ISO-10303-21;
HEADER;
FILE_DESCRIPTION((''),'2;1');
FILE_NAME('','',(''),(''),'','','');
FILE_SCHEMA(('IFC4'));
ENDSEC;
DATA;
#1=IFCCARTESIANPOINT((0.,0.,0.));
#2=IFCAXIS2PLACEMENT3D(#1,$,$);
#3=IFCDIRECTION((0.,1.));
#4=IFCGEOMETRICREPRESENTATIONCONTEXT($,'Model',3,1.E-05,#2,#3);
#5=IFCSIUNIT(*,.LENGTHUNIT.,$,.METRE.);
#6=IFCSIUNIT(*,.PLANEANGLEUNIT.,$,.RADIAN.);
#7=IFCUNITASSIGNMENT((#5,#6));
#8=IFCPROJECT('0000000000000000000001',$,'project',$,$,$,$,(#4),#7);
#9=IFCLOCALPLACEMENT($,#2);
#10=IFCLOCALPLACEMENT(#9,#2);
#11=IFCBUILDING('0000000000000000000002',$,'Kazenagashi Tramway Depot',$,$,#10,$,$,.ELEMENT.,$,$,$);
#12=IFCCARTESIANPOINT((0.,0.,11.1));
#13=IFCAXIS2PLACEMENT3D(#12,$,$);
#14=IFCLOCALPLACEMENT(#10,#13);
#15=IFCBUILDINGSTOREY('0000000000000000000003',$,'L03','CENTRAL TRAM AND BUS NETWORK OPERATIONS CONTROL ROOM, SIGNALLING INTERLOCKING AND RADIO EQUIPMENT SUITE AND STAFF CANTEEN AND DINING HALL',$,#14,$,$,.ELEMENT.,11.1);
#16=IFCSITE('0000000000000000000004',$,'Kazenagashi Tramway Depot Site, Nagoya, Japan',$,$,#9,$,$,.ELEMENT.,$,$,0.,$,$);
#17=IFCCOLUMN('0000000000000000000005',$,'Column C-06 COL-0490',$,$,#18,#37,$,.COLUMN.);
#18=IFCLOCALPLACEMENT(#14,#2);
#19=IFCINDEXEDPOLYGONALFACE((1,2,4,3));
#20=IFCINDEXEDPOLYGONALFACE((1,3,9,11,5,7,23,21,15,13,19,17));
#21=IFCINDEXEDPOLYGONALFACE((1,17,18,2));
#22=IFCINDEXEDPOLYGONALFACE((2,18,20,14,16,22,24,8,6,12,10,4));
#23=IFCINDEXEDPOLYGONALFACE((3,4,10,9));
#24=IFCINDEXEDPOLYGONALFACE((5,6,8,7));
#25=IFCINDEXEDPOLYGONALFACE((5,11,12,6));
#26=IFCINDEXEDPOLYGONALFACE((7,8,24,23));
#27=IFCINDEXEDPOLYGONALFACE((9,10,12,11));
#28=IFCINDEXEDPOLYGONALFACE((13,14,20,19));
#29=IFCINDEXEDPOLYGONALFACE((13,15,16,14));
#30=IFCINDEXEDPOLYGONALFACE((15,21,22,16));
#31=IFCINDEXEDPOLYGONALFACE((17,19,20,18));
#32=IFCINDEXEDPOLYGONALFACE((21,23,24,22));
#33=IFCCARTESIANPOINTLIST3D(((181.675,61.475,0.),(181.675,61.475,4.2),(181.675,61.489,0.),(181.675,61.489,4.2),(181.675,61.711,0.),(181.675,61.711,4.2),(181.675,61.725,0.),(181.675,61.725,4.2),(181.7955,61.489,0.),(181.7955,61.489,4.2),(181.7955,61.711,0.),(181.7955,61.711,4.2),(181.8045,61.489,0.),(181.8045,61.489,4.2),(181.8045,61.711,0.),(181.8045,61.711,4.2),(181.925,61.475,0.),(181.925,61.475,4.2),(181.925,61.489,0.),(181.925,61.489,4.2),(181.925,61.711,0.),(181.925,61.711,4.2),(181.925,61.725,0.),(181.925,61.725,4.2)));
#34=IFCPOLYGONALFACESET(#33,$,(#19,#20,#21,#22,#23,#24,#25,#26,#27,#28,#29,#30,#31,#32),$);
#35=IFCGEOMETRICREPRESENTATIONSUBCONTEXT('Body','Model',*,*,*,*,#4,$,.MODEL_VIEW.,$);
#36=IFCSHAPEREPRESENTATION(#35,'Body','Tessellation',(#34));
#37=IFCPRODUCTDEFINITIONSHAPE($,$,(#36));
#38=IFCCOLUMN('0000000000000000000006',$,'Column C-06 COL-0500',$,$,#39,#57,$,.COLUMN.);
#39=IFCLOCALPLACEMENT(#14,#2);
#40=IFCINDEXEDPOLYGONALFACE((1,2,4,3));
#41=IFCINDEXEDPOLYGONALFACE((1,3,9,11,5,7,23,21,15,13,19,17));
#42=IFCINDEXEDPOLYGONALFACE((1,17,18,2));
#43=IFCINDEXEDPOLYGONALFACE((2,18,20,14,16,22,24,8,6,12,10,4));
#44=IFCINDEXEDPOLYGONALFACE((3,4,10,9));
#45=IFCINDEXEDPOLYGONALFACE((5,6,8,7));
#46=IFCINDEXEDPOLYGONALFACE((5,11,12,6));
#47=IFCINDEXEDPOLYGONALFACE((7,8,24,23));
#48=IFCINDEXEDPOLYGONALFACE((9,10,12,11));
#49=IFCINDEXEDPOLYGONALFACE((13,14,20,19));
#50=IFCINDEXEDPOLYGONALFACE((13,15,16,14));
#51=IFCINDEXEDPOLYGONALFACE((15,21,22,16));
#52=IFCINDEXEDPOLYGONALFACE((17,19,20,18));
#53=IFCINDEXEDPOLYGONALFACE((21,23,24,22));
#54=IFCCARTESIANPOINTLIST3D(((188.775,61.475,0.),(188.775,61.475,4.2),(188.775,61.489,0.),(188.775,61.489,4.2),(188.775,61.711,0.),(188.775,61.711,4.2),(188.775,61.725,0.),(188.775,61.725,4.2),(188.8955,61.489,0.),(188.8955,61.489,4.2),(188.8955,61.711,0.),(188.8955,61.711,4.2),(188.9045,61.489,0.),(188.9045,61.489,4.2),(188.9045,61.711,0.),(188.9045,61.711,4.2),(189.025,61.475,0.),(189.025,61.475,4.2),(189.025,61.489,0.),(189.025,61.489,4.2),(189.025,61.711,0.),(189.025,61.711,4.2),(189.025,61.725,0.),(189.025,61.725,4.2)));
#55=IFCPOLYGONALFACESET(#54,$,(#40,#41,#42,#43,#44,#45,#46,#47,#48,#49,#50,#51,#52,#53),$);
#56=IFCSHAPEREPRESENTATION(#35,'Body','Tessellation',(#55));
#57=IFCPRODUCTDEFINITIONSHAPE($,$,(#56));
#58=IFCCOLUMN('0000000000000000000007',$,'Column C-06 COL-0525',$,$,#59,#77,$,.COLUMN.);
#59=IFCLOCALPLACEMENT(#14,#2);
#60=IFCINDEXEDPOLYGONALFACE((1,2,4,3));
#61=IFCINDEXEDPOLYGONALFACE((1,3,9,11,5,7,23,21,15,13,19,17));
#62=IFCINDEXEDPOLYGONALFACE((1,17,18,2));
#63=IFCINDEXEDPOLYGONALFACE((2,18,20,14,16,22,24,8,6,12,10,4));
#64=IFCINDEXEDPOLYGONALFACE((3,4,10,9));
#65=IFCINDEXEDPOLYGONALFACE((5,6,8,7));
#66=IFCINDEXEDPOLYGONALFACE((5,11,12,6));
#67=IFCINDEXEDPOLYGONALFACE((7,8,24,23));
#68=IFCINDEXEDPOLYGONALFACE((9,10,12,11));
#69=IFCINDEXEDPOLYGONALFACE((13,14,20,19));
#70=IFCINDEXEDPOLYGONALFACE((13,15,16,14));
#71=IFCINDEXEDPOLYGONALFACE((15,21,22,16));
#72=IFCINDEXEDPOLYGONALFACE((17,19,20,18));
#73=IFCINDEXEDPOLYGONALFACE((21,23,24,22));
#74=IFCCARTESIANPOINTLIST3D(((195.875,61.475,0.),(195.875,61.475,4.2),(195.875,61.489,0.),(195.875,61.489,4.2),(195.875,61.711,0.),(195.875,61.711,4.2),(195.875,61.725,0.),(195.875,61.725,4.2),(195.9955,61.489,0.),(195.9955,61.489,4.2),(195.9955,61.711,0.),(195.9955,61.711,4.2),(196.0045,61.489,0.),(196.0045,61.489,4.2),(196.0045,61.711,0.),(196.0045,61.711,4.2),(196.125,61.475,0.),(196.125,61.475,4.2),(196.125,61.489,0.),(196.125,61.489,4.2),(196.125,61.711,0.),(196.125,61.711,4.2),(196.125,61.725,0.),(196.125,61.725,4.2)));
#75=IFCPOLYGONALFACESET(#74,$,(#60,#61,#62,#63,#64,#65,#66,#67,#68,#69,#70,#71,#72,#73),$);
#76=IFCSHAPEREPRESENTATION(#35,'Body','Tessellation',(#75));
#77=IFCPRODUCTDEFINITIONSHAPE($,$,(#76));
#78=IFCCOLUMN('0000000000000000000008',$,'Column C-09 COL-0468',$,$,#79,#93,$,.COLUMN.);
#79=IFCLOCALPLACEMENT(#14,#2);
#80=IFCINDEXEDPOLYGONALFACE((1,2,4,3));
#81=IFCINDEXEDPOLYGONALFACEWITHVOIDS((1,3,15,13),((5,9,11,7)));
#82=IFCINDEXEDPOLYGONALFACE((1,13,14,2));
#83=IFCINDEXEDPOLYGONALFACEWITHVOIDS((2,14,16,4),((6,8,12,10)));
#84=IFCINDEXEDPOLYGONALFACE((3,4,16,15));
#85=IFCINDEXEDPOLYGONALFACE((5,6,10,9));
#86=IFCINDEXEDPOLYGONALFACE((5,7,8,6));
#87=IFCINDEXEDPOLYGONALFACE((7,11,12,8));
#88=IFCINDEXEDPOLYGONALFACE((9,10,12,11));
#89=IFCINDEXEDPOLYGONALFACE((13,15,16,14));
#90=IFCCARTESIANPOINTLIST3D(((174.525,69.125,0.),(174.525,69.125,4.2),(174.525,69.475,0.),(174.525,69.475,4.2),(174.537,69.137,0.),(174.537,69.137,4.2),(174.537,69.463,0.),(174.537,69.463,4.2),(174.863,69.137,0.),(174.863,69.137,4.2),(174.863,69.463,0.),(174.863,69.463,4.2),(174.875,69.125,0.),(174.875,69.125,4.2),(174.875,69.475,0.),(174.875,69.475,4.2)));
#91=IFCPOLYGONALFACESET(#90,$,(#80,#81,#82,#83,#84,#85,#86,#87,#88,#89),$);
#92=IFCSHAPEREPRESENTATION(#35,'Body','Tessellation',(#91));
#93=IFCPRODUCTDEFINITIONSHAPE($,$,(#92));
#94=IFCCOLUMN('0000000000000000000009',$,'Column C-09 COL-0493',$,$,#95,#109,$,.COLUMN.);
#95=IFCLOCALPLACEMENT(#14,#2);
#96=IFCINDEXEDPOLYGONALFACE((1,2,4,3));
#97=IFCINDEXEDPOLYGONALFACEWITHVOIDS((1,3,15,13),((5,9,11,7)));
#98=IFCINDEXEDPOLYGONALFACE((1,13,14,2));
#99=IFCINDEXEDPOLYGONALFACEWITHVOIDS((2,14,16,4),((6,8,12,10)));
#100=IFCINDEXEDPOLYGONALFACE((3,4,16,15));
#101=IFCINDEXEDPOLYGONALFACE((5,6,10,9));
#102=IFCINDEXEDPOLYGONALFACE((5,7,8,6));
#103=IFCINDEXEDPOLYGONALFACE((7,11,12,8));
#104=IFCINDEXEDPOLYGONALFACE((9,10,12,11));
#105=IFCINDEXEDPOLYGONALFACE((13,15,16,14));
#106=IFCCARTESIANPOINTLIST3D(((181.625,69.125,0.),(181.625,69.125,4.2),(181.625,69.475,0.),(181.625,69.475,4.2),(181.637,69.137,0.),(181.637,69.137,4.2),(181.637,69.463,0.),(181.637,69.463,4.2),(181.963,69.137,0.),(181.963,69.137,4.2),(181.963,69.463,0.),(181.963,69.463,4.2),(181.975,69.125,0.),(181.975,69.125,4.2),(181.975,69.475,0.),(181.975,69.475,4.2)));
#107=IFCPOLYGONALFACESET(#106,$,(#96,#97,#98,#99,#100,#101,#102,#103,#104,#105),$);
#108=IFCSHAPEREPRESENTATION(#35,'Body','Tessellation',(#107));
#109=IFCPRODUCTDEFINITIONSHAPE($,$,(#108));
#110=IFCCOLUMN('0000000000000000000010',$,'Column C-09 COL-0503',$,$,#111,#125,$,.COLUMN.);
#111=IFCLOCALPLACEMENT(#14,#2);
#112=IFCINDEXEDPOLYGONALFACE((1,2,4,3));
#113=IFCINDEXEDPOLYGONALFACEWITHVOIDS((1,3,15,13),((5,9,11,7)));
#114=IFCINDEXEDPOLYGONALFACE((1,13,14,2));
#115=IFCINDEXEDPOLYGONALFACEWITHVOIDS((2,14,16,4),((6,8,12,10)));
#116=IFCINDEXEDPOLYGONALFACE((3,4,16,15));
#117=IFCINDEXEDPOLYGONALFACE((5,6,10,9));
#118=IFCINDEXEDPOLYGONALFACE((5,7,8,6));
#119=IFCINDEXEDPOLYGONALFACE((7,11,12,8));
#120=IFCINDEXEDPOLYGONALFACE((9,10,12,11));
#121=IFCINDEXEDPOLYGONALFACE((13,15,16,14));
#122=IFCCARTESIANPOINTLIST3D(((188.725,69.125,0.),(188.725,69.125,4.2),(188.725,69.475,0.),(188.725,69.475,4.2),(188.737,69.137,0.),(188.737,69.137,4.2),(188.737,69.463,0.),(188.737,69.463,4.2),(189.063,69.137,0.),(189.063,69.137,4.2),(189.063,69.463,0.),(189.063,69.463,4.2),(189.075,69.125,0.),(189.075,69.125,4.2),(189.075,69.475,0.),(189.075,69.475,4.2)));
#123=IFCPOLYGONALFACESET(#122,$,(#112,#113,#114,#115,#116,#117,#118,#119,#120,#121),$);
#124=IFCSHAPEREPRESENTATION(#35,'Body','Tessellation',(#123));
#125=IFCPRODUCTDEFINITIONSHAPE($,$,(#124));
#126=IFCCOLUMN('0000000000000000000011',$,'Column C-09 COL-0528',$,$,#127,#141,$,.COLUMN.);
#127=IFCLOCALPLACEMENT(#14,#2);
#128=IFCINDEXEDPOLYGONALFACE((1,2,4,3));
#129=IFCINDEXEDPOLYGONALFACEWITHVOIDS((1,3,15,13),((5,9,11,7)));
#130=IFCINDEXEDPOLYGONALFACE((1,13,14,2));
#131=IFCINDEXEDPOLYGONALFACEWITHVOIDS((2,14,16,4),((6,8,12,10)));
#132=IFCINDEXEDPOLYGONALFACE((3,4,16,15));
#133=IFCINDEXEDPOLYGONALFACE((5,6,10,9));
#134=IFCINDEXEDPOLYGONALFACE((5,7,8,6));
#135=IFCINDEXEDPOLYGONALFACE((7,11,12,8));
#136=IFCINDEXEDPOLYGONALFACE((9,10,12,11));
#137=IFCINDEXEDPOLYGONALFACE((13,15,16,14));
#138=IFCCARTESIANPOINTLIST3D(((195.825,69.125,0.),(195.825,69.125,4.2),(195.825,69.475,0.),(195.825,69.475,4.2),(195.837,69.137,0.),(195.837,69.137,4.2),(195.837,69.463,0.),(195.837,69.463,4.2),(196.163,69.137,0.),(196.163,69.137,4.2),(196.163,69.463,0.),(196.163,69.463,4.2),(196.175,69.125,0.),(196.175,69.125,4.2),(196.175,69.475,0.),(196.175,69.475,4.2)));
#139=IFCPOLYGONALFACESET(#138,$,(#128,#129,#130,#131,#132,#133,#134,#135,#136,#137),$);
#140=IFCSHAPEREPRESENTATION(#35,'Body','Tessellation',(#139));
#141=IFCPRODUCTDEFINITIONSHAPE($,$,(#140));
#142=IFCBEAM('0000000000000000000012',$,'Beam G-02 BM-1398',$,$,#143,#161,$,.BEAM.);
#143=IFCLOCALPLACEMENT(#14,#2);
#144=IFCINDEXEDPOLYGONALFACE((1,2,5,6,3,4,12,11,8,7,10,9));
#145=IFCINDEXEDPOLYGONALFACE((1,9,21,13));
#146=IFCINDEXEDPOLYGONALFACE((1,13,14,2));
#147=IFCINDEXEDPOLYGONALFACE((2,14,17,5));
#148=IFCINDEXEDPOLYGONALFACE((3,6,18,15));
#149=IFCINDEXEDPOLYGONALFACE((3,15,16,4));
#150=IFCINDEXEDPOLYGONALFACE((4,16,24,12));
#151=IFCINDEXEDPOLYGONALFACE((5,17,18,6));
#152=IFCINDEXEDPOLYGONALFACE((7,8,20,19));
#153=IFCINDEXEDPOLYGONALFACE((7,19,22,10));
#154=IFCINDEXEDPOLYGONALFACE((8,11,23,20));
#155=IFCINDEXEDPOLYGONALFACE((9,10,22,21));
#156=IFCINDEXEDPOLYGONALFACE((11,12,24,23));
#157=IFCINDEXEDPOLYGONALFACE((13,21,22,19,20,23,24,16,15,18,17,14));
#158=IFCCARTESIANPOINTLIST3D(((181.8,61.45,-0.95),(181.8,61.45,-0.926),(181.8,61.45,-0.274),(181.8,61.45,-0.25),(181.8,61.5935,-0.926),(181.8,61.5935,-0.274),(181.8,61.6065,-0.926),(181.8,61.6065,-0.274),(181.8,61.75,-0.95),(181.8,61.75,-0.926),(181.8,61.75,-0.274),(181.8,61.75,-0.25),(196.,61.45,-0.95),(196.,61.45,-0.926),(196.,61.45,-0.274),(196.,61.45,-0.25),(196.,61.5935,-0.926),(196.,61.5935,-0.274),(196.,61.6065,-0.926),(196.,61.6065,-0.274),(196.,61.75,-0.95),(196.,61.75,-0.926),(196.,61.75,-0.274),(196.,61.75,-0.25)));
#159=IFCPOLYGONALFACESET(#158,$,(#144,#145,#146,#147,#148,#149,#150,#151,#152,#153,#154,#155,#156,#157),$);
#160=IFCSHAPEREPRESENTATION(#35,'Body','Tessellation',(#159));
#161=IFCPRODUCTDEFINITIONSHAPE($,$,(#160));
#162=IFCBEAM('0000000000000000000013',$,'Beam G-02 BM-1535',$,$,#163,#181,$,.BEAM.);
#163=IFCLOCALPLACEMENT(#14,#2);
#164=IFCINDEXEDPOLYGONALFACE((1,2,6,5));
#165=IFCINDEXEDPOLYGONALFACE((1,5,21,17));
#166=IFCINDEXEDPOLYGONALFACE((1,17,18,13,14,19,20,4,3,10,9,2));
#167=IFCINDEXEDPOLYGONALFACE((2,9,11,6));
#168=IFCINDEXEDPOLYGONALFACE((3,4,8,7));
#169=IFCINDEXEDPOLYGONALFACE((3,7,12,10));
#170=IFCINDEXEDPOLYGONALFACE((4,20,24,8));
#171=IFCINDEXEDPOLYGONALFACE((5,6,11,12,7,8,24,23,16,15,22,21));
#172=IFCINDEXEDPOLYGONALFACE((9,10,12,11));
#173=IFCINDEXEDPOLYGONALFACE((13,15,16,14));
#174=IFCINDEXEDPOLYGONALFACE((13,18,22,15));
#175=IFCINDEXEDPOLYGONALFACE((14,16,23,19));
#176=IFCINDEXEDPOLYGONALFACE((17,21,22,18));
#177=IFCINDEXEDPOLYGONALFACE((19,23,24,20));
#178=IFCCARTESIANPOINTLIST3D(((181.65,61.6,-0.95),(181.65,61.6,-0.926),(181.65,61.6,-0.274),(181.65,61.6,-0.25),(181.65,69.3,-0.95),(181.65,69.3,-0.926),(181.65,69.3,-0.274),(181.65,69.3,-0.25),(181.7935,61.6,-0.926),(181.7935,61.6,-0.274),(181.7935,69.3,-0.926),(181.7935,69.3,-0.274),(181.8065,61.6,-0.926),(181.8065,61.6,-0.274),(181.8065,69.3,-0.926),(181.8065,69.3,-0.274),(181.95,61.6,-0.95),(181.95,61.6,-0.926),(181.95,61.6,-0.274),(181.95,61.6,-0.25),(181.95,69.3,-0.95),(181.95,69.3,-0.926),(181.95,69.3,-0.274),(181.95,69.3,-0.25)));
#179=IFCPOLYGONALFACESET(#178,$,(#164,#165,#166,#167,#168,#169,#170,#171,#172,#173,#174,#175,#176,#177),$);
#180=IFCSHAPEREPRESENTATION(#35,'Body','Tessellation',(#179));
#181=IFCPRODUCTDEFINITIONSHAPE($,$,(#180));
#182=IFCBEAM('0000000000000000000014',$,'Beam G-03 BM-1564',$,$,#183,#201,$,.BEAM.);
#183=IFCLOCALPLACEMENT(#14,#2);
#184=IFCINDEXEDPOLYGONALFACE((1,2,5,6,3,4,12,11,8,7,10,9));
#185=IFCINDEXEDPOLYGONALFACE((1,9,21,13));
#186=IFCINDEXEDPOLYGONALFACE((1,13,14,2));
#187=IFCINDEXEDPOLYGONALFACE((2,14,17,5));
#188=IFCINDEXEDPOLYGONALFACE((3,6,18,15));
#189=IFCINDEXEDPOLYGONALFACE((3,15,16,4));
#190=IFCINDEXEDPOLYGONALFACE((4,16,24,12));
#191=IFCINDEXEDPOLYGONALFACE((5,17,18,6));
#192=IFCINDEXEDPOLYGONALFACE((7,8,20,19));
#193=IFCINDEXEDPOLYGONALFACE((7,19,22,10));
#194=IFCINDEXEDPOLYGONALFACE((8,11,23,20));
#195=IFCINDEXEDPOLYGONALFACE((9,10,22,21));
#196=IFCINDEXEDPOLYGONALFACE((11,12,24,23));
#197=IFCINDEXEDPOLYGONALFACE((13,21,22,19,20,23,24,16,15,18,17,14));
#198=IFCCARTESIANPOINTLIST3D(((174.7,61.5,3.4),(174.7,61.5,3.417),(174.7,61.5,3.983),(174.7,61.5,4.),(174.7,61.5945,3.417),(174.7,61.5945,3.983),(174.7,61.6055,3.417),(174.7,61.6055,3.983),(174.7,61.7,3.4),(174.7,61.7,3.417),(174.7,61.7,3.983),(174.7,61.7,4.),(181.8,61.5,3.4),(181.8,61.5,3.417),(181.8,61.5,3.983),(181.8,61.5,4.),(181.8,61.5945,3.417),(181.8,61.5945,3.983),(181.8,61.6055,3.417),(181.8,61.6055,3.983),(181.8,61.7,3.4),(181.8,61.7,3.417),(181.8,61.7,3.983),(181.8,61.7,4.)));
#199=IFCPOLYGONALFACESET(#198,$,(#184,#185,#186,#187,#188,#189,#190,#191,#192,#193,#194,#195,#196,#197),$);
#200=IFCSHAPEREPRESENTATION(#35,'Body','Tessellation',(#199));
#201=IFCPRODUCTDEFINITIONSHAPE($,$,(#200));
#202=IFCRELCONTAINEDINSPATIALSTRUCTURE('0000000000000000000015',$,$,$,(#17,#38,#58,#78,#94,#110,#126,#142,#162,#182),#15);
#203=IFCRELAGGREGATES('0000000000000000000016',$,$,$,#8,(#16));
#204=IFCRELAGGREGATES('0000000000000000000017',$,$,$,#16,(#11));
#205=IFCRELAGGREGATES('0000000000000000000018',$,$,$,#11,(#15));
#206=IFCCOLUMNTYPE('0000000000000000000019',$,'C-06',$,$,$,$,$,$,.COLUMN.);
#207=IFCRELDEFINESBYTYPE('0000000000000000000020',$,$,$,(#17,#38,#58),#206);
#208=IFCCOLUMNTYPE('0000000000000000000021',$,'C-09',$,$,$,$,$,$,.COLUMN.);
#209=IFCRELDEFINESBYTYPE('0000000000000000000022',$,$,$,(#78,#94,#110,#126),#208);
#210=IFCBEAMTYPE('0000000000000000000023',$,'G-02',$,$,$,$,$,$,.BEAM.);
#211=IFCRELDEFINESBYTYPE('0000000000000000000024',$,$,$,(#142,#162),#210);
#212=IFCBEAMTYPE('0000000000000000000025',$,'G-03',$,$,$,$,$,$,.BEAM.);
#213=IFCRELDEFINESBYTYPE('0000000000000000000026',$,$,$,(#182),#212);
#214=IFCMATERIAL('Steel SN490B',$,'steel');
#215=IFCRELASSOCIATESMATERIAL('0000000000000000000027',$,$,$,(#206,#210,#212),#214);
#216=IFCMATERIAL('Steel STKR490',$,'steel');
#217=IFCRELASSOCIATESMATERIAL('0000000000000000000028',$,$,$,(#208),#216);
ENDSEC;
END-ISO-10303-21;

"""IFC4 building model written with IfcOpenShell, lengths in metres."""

from ifc_helpers import new_model, si_unit, direction, frame, origin, origin_2d, place, context, subcontext, project, spatial, hollow_rectangle, i_section, extrude, material, material_profile, profile_set, type_object, element, save


model = new_model("IFC4")

# Units and contexts
model_context = context("Model", 3, precision=1e-05, world=origin(), true_north=direction((0.0, 1.0)))
body_context = subcontext(model_context, "Body", "Model", "MODEL_VIEW")
ifc_project = project(units=[si_unit("LENGTHUNIT", "METRE"), si_unit("PLANEANGLEUNIT", "RADIAN")], contexts=[model_context])

# Site, building, storey
site_placement = place(None, origin())
site = spatial("IfcSite", under=ifc_project, at=site_placement, Name="Kazenagashi Tramway Depot Site, Nagoya, Japan", CompositionType="ELEMENT", RefElevation=0.0)
building_placement = place(site_placement, origin())
building = spatial("IfcBuilding", under=site, at=building_placement, Name="Kazenagashi Tramway Depot", CompositionType="ELEMENT")
storey_placement = place(building_placement, frame((0.0, 0.0, 11.1)))
storey = spatial("IfcBuildingStorey", under=building, at=storey_placement, Name="L03", Description="CENTRAL TRAM AND BUS NETWORK OPERATIONS CONTROL ROOM, SIGNALLING INTERLOCKING AND RADIO EQUIPMENT SUITE AND STAFF CANTEEN AND DINING HALL", CompositionType="ELEMENT", Elevation=11.1)

# Columns
ifc_material_1 = material(Name="Steel SN490B", Category="steel")
ifc_material_profile_1 = material_profile(ifc_material_1, i_section(OverallWidth=0.25, OverallDepth=0.25, WebThickness=0.009, FlangeThickness=0.014, at=origin_2d()), Name="H-250x250x9x14")
ifc_profile_set_1 = profile_set([ifc_material_profile_1], Name="Steel SN490B")
column_type_1 = type_object("IfcColumnType", Name="C-06", PredefinedType="COLUMN", material=ifc_profile_set_1)
for number, where, z_axis, x_axis, name in (
    (1, (181.8, 61.6, 0.0), (0.0, 0.0, 1.0), (1.0, 0.0, 0.0), "Column C-06 COL-0490"),
    (2, (188.9, 61.6, 0.0), (0.0, 0.0, 1.0), (1.0, 0.0, 0.0), "Column C-06 COL-0500"),
    (3, (196.0, 61.6, 0.0), (0.0, 0.0, 1.0), (1.0, 0.0, 0.0), "Column C-06 COL-0525"),
):
    element("IfcColumn", number, at=place(storey_placement, frame(where, z_axis=z_axis, x_axis=x_axis)), inside=storey, type_object=column_type_1, Name=name, PredefinedType="COLUMN", context=body_context, shape_type="SweptSolid", body=[
        extrude(i_section(OverallWidth=0.25, OverallDepth=0.25, WebThickness=0.009, FlangeThickness=0.014, at=origin_2d()), origin(), (0.0, 0.0, 1.0), 4.2),
    ])
ifc_material_2 = material(Name="Steel STKR490", Category="steel")
ifc_material_profile_2 = material_profile(ifc_material_2, hollow_rectangle(XDim=0.35, YDim=0.35, WallThickness=0.012, at=origin_2d()), Name="SHS-350x350x12")
ifc_profile_set_2 = profile_set([ifc_material_profile_2], Name="Steel STKR490")
column_type_2 = type_object("IfcColumnType", Name="C-09", PredefinedType="COLUMN", material=ifc_profile_set_2)
for number, where, z_axis, x_axis, name in (
    (4, (174.7, 69.3, 0.0), (0.0, 0.0, 1.0), (1.0, 0.0, 0.0), "Column C-09 COL-0468"),
    (5, (181.8, 69.3, 0.0), (0.0, 0.0, 1.0), (1.0, 0.0, 0.0), "Column C-09 COL-0493"),
    (6, (188.9, 69.3, 0.0), (0.0, 0.0, 1.0), (1.0, 0.0, 0.0), "Column C-09 COL-0503"),
    (7, (196.0, 69.3, 0.0), (0.0, 0.0, 1.0), (1.0, 0.0, 0.0), "Column C-09 COL-0528"),
):
    element("IfcColumn", number, at=place(storey_placement, frame(where, z_axis=z_axis, x_axis=x_axis)), inside=storey, type_object=column_type_2, Name=name, PredefinedType="COLUMN", context=body_context, shape_type="SweptSolid", body=[
        extrude(hollow_rectangle(XDim=0.35, YDim=0.35, WallThickness=0.012, at=origin_2d()), origin(), (0.0, 0.0, 1.0), 4.2),
    ])

# Beams
ifc_material_profile_3 = material_profile(ifc_material_1, i_section(OverallWidth=0.3, OverallDepth=0.7, WebThickness=0.013, FlangeThickness=0.024, at=origin_2d()), Name="H-700x300x13x24")
ifc_profile_set_3 = profile_set([ifc_material_profile_3], Name="Steel SN490B")
beam_type_1 = type_object("IfcBeamType", Name="G-02", PredefinedType="BEAM", material=ifc_profile_set_3)
beam_1_placement = place(storey_placement, frame((181.8, 61.6, -0.6), z_axis=(1.0, 0.0, 0.0), x_axis=(0.0, 1.0, 0.0)))
element("IfcBeam", 8, at=beam_1_placement, inside=storey, type_object=beam_type_1, Name="Beam G-02 BM-1398", PredefinedType="BEAM", context=body_context, shape_type="SweptSolid", body=[
    extrude(i_section(OverallWidth=0.3, OverallDepth=0.7, WebThickness=0.013, FlangeThickness=0.024, at=origin_2d()), origin(), (0.0, 0.0, 1.0), 14.2),
])
beam_2_placement = place(storey_placement, frame((181.8, 61.6, -0.6), z_axis=(0.0, 1.0, 0.0), x_axis=(-1.0, 0.0, 0.0)))
element("IfcBeam", 9, at=beam_2_placement, inside=storey, type_object=beam_type_1, Name="Beam G-02 BM-1535", PredefinedType="BEAM", context=body_context, shape_type="SweptSolid", body=[
    extrude(i_section(OverallWidth=0.3, OverallDepth=0.7, WebThickness=0.013, FlangeThickness=0.024, at=origin_2d()), origin(), (0.0, 0.0, 1.0), 7.7),
])
ifc_material_profile_4 = material_profile(ifc_material_1, i_section(OverallWidth=0.2, OverallDepth=0.6, WebThickness=0.011, FlangeThickness=0.017, at=origin_2d()), Name="H-600x200x11x17")
ifc_profile_set_4 = profile_set([ifc_material_profile_4], Name="Steel SN490B")
beam_type_2 = type_object("IfcBeamType", Name="G-03", PredefinedType="BEAM", material=ifc_profile_set_4)
beam_3_placement = place(storey_placement, frame((174.7, 61.6, 3.7), z_axis=(1.0, 0.0, 0.0), x_axis=(0.0, 1.0, 0.0)))
element("IfcBeam", 10, at=beam_3_placement, inside=storey, type_object=beam_type_2, Name="Beam G-03 BM-1564", PredefinedType="BEAM", context=body_context, shape_type="SweptSolid", body=[
    extrude(i_section(OverallWidth=0.2, OverallDepth=0.6, WebThickness=0.011, FlangeThickness=0.017, at=origin_2d()), origin(), (0.0, 0.0, 1.0), 7.1),
])

save(model, "model.ifc")
